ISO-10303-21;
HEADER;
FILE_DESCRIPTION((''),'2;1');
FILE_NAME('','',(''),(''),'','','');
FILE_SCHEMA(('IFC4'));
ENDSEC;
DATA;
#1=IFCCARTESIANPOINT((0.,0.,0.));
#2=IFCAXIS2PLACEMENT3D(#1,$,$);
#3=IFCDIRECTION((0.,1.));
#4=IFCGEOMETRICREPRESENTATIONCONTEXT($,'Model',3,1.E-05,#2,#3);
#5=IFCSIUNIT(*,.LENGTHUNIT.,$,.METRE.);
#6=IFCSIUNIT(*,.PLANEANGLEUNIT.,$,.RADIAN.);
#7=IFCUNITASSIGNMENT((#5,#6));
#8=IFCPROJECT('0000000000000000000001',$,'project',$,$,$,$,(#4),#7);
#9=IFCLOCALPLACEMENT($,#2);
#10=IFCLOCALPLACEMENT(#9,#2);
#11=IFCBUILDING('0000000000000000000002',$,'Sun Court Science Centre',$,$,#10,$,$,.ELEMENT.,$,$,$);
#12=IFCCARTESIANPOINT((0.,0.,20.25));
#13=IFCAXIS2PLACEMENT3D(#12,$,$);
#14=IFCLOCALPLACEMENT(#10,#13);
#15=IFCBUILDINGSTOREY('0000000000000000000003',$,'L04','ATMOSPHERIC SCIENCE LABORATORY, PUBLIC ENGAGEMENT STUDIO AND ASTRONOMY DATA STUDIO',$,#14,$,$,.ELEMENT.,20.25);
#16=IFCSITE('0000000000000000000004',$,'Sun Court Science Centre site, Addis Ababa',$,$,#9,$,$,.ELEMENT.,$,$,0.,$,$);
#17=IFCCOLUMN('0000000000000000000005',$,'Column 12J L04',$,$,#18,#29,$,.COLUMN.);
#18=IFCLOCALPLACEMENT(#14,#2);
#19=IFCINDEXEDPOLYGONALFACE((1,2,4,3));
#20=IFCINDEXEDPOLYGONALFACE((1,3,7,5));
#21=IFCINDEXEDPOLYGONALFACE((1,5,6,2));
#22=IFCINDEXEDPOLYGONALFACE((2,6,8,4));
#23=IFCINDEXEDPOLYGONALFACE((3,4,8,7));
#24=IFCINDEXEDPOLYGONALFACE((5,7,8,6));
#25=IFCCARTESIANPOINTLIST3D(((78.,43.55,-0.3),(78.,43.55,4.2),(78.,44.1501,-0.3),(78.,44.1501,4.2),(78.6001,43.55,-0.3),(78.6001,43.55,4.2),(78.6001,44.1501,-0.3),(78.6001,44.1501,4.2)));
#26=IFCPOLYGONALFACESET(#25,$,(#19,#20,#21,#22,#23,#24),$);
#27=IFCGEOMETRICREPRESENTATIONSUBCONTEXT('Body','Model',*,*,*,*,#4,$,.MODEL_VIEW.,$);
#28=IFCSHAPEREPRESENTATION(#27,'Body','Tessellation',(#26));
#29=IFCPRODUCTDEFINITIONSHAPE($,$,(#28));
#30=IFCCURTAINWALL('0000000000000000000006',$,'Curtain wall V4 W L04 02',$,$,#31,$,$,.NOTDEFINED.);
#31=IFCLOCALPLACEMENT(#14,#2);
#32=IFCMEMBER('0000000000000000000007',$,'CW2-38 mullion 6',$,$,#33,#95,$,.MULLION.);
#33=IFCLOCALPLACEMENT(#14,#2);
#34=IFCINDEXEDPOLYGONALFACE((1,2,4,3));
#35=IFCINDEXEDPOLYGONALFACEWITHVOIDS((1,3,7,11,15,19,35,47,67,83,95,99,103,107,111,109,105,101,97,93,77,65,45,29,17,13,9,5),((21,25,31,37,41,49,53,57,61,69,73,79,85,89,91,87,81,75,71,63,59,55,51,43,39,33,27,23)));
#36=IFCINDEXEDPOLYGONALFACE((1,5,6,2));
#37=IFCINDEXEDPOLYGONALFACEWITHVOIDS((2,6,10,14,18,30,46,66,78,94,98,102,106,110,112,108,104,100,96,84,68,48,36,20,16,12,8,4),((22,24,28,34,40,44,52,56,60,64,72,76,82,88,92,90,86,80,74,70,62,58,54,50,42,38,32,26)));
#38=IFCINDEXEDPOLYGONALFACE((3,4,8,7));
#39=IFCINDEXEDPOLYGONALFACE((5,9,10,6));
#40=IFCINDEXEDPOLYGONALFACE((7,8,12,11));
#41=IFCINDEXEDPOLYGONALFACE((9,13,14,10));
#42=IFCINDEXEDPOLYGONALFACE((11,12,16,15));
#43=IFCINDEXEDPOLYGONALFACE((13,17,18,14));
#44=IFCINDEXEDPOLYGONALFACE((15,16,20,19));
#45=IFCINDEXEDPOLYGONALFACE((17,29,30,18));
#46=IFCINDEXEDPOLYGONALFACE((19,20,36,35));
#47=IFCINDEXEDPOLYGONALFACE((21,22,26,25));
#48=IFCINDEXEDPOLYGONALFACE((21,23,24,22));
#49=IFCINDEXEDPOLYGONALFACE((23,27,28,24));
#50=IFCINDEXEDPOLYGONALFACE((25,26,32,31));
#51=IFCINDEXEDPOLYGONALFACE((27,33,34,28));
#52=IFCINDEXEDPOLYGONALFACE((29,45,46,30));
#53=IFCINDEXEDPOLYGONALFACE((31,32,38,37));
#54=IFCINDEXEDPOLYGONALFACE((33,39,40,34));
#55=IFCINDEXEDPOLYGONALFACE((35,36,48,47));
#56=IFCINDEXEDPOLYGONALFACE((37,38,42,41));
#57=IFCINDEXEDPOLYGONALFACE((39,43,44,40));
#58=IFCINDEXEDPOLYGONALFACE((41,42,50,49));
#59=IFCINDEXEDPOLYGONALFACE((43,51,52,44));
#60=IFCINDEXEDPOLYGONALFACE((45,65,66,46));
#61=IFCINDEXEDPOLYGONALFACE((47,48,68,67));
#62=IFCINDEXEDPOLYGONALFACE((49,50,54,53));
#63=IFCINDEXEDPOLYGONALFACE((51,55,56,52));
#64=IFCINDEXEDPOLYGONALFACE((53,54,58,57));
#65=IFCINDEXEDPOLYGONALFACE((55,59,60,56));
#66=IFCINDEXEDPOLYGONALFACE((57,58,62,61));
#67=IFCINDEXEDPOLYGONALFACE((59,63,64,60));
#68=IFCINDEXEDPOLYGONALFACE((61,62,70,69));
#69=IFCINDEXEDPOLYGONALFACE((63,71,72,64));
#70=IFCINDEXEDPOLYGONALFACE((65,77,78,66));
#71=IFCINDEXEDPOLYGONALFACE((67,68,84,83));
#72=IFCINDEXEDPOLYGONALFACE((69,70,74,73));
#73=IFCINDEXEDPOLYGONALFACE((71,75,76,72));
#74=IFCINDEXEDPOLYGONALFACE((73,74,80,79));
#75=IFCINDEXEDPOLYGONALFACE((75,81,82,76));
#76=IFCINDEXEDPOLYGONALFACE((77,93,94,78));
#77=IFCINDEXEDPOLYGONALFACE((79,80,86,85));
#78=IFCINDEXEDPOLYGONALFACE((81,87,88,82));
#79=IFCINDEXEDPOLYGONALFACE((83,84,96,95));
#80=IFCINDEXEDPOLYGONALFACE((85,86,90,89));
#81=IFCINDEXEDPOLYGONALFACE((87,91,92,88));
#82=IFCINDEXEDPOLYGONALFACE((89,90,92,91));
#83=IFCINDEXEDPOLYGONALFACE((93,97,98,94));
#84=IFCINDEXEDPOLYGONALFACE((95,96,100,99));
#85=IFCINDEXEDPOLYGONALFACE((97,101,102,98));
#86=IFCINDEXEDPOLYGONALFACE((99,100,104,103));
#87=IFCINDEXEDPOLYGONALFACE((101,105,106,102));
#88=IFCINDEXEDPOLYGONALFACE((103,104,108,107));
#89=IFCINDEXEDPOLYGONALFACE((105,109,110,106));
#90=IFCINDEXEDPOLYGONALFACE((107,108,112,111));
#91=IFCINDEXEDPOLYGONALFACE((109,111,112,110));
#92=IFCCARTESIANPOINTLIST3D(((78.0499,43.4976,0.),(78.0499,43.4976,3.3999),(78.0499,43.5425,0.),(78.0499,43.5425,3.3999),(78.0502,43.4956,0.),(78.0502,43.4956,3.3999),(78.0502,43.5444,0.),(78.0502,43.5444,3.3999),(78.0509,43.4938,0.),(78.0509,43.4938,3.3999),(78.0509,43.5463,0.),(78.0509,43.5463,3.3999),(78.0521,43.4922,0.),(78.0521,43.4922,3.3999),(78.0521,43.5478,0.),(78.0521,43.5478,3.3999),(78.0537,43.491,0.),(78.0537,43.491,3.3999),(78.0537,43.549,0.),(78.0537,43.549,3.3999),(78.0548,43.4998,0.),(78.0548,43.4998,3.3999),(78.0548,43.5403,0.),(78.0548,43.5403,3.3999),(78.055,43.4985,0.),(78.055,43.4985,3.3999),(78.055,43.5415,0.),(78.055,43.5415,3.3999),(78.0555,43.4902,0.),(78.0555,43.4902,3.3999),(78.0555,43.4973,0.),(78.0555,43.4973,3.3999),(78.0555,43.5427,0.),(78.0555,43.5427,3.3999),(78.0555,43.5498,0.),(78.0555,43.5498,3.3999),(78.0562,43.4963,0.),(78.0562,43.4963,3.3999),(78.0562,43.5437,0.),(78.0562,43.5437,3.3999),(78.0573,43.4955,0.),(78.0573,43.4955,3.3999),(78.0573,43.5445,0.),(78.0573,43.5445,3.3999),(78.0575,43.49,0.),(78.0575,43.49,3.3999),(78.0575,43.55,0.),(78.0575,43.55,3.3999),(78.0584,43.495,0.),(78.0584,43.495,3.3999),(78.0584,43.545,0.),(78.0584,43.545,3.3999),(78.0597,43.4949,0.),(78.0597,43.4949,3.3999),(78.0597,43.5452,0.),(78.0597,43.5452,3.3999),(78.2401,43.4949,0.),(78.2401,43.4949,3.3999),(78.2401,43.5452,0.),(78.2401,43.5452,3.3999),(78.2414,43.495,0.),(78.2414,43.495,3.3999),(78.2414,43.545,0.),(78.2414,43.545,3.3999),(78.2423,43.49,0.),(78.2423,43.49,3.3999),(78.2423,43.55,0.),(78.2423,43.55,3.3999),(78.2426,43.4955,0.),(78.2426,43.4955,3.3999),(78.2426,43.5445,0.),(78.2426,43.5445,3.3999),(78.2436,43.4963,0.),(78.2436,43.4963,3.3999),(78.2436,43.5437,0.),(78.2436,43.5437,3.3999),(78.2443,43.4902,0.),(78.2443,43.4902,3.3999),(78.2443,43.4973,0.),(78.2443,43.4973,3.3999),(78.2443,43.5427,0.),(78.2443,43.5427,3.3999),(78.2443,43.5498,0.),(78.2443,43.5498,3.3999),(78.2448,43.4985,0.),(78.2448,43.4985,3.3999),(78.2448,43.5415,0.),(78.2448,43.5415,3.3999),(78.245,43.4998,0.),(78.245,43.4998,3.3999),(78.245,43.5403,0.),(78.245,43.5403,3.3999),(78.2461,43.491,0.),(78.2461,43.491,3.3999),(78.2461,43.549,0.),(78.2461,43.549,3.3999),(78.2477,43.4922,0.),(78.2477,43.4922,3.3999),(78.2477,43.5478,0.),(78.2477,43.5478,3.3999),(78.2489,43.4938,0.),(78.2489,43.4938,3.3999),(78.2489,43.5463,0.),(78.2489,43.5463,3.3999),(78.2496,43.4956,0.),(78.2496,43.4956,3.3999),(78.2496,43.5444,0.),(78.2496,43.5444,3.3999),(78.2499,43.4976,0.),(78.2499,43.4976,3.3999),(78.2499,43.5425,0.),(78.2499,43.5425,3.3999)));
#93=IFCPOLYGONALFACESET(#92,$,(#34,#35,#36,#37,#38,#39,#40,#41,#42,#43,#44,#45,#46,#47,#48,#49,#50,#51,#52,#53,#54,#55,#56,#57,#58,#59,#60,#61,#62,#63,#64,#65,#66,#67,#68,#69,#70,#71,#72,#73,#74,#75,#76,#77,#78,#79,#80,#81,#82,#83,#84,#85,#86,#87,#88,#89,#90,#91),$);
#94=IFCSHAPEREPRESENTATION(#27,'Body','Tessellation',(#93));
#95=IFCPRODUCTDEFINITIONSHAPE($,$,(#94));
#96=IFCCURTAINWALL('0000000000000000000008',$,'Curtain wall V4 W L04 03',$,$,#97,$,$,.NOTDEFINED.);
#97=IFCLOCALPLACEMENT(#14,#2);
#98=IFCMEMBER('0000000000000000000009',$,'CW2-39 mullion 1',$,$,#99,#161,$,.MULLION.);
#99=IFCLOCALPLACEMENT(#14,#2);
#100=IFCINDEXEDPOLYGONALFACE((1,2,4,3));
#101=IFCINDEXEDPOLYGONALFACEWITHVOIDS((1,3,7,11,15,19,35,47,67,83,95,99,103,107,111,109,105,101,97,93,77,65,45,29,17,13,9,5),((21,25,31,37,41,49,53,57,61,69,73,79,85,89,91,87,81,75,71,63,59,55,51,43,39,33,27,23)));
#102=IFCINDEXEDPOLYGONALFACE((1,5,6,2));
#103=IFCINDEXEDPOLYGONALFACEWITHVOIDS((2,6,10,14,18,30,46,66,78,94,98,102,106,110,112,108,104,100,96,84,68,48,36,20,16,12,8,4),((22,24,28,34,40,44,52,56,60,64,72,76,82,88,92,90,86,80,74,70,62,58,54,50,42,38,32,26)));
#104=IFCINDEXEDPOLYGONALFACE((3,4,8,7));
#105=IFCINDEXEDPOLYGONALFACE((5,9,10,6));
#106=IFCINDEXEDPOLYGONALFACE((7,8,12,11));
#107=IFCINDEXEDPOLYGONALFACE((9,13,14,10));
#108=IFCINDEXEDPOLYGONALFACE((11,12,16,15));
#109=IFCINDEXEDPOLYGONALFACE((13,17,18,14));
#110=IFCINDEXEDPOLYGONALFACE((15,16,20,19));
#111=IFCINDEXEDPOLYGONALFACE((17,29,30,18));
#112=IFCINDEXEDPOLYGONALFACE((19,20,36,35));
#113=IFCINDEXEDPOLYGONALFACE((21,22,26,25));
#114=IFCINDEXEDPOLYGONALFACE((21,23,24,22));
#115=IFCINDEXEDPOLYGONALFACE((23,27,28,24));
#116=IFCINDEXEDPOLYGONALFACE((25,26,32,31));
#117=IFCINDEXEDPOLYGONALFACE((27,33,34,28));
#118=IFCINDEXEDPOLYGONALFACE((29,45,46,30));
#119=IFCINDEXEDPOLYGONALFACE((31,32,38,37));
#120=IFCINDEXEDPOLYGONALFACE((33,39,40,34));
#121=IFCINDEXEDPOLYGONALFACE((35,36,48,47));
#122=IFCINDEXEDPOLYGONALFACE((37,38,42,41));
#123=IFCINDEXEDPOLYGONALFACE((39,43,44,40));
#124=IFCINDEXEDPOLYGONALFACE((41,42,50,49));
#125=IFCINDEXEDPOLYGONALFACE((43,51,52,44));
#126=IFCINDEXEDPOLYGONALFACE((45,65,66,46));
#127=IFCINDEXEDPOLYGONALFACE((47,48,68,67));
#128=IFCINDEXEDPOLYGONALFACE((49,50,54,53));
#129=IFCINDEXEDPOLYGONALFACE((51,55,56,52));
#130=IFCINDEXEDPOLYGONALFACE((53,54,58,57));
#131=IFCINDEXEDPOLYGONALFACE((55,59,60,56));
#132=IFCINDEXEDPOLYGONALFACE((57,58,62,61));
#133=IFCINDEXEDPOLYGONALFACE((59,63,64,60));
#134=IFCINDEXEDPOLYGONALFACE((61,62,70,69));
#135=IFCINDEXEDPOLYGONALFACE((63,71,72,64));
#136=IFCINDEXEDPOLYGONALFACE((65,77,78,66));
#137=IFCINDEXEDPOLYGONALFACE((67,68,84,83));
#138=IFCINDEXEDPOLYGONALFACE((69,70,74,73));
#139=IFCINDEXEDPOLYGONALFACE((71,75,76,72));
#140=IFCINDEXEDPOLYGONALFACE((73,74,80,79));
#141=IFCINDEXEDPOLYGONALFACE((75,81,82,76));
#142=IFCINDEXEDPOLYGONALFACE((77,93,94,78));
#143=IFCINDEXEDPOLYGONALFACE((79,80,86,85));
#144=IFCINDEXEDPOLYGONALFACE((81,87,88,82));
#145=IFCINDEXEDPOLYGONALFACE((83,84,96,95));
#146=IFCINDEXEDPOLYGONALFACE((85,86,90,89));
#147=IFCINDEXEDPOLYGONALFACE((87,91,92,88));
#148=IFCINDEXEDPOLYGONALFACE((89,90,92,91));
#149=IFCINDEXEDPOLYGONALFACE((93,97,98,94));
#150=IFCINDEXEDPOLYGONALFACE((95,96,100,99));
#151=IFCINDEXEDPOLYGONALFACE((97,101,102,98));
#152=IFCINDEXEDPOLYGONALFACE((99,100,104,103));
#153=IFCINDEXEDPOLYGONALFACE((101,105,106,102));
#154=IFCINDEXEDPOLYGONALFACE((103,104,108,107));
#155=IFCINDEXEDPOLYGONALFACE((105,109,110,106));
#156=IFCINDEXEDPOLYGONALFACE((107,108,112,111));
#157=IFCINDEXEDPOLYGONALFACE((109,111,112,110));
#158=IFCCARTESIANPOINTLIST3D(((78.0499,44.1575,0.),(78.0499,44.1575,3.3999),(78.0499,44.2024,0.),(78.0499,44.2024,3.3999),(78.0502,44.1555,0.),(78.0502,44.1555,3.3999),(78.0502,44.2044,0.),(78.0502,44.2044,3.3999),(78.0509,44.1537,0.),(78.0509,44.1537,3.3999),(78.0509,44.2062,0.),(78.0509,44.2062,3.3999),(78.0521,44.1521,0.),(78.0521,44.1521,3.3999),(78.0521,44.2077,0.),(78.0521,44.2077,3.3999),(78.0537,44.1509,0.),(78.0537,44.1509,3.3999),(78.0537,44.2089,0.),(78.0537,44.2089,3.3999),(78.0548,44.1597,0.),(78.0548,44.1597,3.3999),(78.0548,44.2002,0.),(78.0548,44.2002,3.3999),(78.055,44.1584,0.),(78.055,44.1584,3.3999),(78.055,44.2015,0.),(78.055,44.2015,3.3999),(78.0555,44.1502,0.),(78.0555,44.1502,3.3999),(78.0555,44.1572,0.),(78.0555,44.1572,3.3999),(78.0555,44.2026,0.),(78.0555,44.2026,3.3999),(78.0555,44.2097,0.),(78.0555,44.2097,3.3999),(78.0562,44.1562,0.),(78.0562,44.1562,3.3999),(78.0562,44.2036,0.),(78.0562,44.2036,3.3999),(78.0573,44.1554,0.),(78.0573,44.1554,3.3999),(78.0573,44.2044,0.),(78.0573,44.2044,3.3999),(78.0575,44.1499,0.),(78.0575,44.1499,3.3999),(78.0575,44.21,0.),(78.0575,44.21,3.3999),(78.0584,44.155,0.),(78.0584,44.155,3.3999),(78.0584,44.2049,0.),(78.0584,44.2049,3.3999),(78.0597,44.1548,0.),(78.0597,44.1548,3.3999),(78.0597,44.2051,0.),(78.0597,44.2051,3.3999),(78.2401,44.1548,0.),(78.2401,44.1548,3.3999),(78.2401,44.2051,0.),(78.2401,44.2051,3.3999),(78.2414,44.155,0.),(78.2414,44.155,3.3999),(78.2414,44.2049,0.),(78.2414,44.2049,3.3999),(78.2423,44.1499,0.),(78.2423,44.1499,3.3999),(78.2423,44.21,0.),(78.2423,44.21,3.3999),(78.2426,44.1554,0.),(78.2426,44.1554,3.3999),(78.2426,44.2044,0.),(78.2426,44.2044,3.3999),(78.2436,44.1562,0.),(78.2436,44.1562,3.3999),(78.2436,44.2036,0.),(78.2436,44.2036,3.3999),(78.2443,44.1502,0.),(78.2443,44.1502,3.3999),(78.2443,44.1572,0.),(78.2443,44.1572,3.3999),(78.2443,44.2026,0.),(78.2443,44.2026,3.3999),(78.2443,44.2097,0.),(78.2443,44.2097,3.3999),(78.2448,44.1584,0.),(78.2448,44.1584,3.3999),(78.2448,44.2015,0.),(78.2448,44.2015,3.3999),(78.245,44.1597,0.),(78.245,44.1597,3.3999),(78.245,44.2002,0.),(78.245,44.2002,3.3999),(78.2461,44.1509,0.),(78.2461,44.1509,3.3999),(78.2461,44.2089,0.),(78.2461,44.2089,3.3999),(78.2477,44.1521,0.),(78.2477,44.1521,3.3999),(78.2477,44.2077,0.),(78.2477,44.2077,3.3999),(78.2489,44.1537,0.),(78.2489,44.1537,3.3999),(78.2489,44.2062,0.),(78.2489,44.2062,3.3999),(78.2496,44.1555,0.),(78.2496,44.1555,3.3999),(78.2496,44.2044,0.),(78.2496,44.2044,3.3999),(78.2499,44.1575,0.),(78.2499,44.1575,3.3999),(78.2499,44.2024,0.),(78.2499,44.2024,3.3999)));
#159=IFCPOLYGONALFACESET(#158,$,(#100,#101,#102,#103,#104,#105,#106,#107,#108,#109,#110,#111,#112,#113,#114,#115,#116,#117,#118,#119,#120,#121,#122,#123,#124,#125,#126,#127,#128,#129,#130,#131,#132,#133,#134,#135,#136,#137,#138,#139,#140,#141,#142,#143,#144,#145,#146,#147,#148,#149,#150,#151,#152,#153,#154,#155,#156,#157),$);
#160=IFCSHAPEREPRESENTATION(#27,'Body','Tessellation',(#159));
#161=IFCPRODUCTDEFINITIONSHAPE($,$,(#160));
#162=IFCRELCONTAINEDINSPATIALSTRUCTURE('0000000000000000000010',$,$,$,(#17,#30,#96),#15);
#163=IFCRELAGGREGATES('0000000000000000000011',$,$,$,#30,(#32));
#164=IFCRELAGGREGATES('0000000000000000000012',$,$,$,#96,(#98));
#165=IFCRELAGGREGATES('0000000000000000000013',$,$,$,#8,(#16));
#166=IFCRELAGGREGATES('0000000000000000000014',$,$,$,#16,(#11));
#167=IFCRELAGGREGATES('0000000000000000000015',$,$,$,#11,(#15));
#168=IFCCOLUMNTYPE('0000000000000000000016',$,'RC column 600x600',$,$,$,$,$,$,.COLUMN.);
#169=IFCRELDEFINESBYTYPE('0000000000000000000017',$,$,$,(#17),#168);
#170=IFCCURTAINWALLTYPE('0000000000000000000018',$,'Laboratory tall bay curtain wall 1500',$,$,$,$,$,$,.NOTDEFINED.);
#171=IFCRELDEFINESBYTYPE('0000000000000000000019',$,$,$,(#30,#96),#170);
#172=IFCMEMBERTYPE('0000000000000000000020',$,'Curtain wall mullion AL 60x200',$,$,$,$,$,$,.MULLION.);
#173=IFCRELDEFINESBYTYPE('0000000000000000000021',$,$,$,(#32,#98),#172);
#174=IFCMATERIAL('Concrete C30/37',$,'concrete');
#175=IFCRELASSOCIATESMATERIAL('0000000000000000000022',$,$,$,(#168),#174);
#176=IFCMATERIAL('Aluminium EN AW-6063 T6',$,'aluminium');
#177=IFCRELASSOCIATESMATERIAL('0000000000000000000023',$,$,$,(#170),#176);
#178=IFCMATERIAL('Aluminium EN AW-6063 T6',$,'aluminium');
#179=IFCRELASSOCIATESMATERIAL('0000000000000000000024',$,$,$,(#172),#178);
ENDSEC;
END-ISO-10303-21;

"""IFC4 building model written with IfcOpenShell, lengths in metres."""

from ifc_helpers import new_model, si_unit, direction, frame, origin, origin_2d, place, context, subcontext, project, spatial, rectangle, hollow_rectangle, extrude, material, material_profile, profile_set, type_object, element, aggregate, save


model = new_model("IFC4")

# Units and contexts
model_context = context("Model", 3, precision=1e-05, world=origin(), true_north=direction((0.0, 1.0)))
body_context = subcontext(model_context, "Body", "Model", "MODEL_VIEW")
ifc_project = project(units=[si_unit("LENGTHUNIT", "METRE"), si_unit("PLANEANGLEUNIT", "RADIAN")], contexts=[model_context])

# Site, building, storey
site_placement = place(None, origin())
site = spatial("IfcSite", under=ifc_project, at=site_placement, Name="Sun Court Science Centre site, Addis Ababa", CompositionType="ELEMENT", RefElevation=0.0)
building_placement = place(site_placement, origin())
building = spatial("IfcBuilding", under=site, at=building_placement, Name="Sun Court Science Centre", CompositionType="ELEMENT")
storey_placement = place(building_placement, frame((0.0, 0.0, 20.25)))
storey = spatial("IfcBuildingStorey", under=building, at=storey_placement, Name="L04", Description="ATMOSPHERIC SCIENCE LABORATORY, PUBLIC ENGAGEMENT STUDIO AND ASTRONOMY DATA STUDIO", CompositionType="ELEMENT", Elevation=20.25)

# Column
ifc_material_1 = material(Name="Concrete C30/37", Category="concrete")
ifc_material_profile_1 = material_profile(ifc_material_1, rectangle(XDim=0.6001, YDim=0.6001, at=origin_2d()), Name="RC 600x600")
ifc_profile_set_1 = profile_set([ifc_material_profile_1], Name="Concrete C30/37")
column_type = type_object("IfcColumnType", Name="RC column 600x600", PredefinedType="COLUMN", material=ifc_profile_set_1)
column_placement = place(storey_placement, frame((78.3, 43.8501, -0.3), z_axis=(0.0, 0.0, 1.0), x_axis=(1.0, 0.0, 0.0)))
element("IfcColumn", 1, at=column_placement, inside=storey, type_object=column_type, Name="Column 12J L04", PredefinedType="COLUMN", context=body_context, shape_type="SweptSolid", body=[
    extrude(rectangle(XDim=0.6001, YDim=0.6001, at=origin_2d()), origin(), (0.0, 0.0, 1.0), 4.5),
])

# Curtain wall, member
ifc_material_2 = material(Name="Aluminium EN AW-6063 T6", Category="aluminium")
curtain_wall_type = type_object("IfcCurtainWallType", Name="Laboratory tall bay curtain wall 1500", PredefinedType="NOTDEFINED", material=ifc_material_2)
curtain_wall_1_placement = place(storey_placement, origin())
curtain_wall_1 = element("IfcCurtainWall", 2, at=curtain_wall_1_placement, inside=storey, type_object=curtain_wall_type, Name="Curtain wall V4 W L04 02", PredefinedType="NOTDEFINED")
ifc_material_3 = material(Name="Aluminium EN AW-6063 T6", Category="aluminium")
ifc_material_profile_2 = material_profile(ifc_material_3, hollow_rectangle(XDim=0.0601, YDim=0.2, WallThickness=0.0049, InnerFilletRadius=0.0049, OuterFilletRadius=0.0076, at=origin_2d()), Name="AL 60x200x5")
ifc_profile_set_2 = profile_set([ifc_material_profile_2], Name="Aluminium EN AW-6063 T6")
member_type_1 = type_object("IfcMemberType", Name="Curtain wall mullion AL 60x200", PredefinedType="MULLION", material=ifc_profile_set_2)
member_1_placement = place(storey_placement, frame((78.1499, 43.52, 0.0), z_axis=(0.0, 0.0, 1.0), x_axis=(0.0, 1.0, 0.0)))
member_1 = element("IfcMember", 3, at=member_1_placement, type_object=member_type_1, Name="CW2-38 mullion 6", PredefinedType="MULLION", context=body_context, shape_type="SweptSolid", body=[
    extrude(hollow_rectangle(XDim=0.0601, YDim=0.2, WallThickness=0.0049, InnerFilletRadius=0.0049, OuterFilletRadius=0.0076, at=origin_2d()), origin(), (0.0, 0.0, 1.0), 3.3999),
])
aggregate(curtain_wall_1, [member_1])

# Curtain wall, member
curtain_wall_2_placement = place(storey_placement, origin())
curtain_wall_2 = element("IfcCurtainWall", 4, at=curtain_wall_2_placement, inside=storey, type_object=curtain_wall_type, Name="Curtain wall V4 W L04 03", PredefinedType="NOTDEFINED")
member_2_placement = place(storey_placement, frame((78.1499, 44.1799, 0.0), z_axis=(0.0, 0.0, 1.0), x_axis=(0.0, 1.0, 0.0)))
member_2 = element("IfcMember", 5, at=member_2_placement, type_object=member_type_1, Name="CW2-39 mullion 1", PredefinedType="MULLION", context=body_context, shape_type="SweptSolid", body=[
    extrude(hollow_rectangle(XDim=0.0601, YDim=0.2, WallThickness=0.0049, InnerFilletRadius=0.0049, OuterFilletRadius=0.0076, at=origin_2d()), origin(), (0.0, 0.0, 1.0), 3.3999),
])

aggregate(curtain_wall_2, [member_2])

save(model, "model.ifc")
